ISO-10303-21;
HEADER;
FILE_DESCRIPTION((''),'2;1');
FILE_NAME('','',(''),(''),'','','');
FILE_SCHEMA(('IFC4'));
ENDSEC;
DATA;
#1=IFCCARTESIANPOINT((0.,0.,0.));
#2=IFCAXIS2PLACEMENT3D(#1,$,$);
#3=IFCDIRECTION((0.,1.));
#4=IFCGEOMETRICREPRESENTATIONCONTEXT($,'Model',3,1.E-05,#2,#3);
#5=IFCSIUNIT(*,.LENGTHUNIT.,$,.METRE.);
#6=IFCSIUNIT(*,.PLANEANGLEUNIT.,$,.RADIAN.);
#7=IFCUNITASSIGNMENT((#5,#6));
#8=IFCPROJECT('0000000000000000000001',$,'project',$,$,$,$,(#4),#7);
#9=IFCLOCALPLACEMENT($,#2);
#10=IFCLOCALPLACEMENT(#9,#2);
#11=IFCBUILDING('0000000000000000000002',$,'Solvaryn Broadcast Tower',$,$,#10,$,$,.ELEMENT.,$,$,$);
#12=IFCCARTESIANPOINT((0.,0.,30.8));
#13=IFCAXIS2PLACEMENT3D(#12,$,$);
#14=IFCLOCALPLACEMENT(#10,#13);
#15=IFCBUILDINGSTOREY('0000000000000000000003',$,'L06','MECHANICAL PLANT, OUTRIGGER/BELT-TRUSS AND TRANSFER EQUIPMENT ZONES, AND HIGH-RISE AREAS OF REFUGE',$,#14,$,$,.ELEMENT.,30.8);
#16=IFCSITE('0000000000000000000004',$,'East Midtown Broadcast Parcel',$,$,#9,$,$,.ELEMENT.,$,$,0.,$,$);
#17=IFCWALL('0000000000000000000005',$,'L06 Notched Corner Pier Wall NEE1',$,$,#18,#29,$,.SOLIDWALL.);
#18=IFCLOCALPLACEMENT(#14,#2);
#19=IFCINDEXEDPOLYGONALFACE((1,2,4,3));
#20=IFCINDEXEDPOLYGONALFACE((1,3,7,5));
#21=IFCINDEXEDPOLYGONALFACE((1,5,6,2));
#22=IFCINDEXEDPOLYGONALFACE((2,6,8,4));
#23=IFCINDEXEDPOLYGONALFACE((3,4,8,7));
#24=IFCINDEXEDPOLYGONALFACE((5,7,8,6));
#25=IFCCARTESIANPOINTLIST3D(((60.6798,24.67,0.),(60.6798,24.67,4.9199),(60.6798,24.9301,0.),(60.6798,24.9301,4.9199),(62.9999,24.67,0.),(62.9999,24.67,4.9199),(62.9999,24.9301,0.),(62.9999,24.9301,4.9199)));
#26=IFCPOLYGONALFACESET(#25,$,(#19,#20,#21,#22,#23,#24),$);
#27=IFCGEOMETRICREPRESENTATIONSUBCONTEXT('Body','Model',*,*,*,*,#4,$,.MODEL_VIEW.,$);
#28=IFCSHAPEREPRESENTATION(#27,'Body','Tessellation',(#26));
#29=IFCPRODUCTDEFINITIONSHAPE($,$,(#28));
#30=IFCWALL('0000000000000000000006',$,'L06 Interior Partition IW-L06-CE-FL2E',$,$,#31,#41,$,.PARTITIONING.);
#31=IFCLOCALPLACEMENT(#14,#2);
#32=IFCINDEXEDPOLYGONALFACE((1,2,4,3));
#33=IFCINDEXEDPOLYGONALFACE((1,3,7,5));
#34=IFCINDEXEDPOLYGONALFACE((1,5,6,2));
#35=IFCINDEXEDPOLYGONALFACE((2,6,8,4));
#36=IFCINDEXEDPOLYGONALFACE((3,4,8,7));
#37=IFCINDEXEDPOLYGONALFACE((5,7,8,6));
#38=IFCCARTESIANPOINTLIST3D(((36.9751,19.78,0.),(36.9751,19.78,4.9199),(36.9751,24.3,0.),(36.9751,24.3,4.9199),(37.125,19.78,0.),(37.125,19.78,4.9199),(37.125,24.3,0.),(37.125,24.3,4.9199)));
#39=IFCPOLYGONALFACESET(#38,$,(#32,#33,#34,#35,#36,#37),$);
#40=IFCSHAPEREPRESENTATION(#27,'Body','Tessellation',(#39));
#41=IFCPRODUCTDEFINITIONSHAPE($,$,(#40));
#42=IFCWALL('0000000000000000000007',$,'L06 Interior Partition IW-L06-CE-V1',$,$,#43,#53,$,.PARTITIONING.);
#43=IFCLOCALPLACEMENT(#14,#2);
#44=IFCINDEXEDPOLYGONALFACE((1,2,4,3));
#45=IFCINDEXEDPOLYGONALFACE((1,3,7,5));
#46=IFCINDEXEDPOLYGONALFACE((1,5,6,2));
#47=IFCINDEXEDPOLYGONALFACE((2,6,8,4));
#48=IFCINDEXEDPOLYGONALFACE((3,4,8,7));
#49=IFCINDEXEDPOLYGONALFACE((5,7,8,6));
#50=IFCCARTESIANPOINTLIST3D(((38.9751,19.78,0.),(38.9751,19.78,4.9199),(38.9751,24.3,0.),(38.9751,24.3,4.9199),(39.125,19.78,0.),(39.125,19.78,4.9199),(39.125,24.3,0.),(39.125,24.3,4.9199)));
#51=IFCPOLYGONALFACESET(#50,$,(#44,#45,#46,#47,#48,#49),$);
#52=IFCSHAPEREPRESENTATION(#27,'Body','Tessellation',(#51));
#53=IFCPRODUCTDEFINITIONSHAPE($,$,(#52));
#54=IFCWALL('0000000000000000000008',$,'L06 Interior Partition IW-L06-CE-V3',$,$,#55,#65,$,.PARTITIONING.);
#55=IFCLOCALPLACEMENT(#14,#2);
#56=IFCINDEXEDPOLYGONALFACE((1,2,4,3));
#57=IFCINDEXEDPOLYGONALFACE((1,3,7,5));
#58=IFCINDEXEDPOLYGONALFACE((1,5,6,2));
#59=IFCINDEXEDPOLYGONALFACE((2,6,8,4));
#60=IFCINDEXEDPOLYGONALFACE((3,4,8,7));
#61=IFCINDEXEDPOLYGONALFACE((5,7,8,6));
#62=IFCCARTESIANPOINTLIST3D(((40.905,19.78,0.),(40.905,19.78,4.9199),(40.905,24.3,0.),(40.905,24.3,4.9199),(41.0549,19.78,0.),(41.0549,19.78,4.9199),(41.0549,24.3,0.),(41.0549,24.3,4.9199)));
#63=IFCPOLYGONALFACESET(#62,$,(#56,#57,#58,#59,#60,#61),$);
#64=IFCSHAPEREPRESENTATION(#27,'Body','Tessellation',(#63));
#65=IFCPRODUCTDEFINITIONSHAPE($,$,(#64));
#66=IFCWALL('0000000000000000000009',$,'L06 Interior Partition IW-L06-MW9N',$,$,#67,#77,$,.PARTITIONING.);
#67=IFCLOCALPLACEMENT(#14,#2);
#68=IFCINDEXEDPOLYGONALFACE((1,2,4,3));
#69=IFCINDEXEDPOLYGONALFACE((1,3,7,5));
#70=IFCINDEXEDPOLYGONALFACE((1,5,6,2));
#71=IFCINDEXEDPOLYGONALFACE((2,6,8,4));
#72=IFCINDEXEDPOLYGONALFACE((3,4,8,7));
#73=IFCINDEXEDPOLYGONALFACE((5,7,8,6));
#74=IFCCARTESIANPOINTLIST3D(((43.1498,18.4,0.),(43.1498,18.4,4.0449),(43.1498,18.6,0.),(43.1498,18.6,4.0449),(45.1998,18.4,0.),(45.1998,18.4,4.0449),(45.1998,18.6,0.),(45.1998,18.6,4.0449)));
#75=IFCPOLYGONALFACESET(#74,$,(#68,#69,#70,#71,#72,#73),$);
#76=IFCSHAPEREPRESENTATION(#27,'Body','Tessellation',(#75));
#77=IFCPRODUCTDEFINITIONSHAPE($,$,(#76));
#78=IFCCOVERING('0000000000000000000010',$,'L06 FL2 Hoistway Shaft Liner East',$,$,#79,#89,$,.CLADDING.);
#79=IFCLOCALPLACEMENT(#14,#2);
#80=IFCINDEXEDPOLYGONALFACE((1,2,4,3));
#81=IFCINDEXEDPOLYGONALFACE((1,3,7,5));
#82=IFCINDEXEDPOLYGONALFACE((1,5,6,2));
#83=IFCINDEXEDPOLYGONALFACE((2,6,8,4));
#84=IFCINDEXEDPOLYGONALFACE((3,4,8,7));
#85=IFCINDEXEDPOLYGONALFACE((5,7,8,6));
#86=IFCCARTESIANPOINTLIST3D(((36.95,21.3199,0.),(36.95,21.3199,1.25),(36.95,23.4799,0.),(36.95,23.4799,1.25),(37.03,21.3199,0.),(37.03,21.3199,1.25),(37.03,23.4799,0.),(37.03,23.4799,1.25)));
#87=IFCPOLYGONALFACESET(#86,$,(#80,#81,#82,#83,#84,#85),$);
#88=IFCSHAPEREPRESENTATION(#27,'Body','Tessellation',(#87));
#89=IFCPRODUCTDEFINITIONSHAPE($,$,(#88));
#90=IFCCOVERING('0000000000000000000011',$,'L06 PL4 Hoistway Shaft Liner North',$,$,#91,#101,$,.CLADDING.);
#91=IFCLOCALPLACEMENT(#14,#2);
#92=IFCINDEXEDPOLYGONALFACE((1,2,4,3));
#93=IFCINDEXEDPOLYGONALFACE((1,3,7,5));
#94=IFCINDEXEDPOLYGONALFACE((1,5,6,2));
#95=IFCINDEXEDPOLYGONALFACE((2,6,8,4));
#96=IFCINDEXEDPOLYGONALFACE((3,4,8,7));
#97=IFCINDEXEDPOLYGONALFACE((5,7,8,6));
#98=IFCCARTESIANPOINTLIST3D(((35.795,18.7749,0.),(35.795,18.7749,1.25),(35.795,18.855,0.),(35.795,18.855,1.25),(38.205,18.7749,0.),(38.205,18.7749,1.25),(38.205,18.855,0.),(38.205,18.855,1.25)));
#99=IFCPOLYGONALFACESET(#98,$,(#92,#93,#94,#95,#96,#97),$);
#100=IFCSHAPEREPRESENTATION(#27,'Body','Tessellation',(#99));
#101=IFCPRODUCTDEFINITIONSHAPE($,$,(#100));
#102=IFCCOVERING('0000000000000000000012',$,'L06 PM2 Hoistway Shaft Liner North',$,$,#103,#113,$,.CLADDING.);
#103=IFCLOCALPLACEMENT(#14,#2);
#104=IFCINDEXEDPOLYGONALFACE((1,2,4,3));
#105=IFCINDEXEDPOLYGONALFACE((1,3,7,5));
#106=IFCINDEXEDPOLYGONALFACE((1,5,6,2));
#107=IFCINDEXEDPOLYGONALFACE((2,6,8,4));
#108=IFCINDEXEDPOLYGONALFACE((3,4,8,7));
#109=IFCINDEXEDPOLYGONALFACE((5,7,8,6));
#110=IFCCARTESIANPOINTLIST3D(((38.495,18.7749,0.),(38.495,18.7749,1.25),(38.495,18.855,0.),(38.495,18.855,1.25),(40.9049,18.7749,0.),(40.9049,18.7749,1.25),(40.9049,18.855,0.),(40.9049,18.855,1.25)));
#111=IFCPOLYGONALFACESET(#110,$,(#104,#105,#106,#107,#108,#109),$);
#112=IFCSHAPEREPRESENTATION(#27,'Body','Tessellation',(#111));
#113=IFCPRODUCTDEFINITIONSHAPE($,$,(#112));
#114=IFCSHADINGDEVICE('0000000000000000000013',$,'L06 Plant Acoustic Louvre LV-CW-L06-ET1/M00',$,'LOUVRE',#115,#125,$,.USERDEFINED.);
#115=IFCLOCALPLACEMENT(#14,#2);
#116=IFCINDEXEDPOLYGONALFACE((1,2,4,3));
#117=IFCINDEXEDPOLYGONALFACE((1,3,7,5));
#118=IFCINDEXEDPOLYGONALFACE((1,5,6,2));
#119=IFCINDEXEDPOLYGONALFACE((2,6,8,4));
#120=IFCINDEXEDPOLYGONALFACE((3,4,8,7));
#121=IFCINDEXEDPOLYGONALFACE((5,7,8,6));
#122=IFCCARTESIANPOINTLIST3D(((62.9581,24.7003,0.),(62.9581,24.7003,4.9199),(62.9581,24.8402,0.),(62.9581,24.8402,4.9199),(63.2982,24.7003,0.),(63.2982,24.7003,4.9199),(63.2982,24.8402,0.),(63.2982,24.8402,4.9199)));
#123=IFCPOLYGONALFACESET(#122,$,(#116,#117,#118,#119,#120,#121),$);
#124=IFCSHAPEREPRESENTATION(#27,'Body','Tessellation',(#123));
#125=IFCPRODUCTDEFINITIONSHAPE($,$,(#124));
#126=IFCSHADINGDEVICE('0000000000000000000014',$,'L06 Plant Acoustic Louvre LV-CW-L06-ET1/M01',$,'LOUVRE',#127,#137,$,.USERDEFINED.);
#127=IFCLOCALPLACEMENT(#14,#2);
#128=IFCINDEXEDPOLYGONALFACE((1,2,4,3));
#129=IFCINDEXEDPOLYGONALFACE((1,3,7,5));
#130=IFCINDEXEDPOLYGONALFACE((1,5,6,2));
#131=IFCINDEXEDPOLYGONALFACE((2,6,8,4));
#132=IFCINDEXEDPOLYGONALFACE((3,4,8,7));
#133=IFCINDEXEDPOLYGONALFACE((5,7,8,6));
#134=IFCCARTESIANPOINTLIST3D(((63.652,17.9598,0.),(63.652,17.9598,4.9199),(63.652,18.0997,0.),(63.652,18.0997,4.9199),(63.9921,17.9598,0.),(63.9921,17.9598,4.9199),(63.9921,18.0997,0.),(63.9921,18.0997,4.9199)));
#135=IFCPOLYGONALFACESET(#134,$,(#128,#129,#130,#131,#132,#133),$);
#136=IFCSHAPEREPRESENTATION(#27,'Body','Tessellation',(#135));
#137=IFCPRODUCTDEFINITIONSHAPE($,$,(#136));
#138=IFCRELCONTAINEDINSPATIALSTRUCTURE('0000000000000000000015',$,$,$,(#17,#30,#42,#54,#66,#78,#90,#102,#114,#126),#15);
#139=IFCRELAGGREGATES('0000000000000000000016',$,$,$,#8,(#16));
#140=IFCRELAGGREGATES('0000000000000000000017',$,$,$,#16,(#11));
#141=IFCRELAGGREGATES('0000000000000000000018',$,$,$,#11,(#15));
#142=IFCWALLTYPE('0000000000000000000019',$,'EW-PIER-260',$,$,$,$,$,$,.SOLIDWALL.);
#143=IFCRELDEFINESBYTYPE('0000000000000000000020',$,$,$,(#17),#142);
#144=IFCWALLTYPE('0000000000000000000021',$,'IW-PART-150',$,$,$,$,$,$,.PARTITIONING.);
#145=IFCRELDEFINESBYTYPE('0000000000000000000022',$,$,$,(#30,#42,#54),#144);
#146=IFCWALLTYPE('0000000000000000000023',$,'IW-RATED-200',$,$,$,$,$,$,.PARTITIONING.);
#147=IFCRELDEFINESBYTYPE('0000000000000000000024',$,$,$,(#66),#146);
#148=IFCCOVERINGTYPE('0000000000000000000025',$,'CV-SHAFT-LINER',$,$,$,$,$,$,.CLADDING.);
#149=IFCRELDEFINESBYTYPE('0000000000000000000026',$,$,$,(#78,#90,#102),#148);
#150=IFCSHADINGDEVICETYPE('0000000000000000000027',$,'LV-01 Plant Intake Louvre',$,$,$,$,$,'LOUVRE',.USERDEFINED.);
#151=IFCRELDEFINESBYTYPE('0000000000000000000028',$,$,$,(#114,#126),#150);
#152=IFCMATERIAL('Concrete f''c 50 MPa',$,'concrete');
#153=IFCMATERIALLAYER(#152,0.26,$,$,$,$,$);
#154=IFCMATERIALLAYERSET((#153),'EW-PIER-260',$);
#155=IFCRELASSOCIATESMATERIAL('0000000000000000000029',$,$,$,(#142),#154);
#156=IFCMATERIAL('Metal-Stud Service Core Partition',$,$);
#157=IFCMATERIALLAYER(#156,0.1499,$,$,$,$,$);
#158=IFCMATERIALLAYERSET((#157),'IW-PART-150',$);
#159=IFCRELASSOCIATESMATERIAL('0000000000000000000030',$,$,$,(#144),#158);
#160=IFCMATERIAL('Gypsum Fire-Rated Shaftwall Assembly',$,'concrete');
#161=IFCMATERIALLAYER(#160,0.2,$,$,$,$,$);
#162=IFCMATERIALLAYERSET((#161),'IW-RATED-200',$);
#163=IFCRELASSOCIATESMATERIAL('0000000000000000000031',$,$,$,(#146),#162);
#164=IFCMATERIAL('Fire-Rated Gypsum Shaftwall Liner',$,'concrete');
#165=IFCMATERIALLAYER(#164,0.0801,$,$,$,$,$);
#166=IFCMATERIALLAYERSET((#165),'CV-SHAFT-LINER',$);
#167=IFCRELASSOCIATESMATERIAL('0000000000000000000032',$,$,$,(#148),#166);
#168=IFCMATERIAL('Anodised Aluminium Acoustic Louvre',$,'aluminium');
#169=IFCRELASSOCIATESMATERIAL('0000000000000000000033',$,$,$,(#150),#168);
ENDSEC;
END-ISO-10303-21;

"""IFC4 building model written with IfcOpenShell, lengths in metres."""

from ifc_helpers import new_model, si_unit, direction, frame, frame_2d, origin, origin_2d, place, context, subcontext, project, spatial, rectangle, extrude, material, layer, layer_set, type_object, element, save


model = new_model("IFC4")

# Units and contexts
model_context = context("Model", 3, precision=1e-05, world=origin(), true_north=direction((0.0, 1.0)))
body_context = subcontext(model_context, "Body", "Model", "MODEL_VIEW")
ifc_project = project(units=[si_unit("LENGTHUNIT", "METRE"), si_unit("PLANEANGLEUNIT", "RADIAN")], contexts=[model_context])

# Site, building, storey
site_placement = place(None, origin())
site = spatial("IfcSite", under=ifc_project, at=site_placement, Name="East Midtown Broadcast Parcel", CompositionType="ELEMENT", RefElevation=0.0)
building_placement = place(site_placement, origin())
building = spatial("IfcBuilding", under=site, at=building_placement, Name="Solvaryn Broadcast Tower", CompositionType="ELEMENT")
storey_placement = place(building_placement, frame((0.0, 0.0, 30.8)))
storey = spatial("IfcBuildingStorey", under=building, at=storey_placement, Name="L06", Description="MECHANICAL PLANT, OUTRIGGER/BELT-TRUSS AND TRANSFER EQUIPMENT ZONES, AND HIGH-RISE AREAS OF REFUGE", CompositionType="ELEMENT", Elevation=30.8)

# Walls
ifc_material_1 = material(Name="Concrete f'c 50 MPa", Category="concrete")
ifc_layer_1 = layer(ifc_material_1, 0.26)
ifc_layer_set_1 = layer_set([ifc_layer_1], Name="EW-PIER-260")
wall_type_1 = type_object("IfcWallType", Name="EW-PIER-260", PredefinedType="SOLIDWALL", material=ifc_layer_set_1)
wall_1_placement = place(storey_placement, frame((63.0, 24.8, 0.0), z_axis=(0.0, 0.0, 1.0), x_axis=(-1.0, 0.0, 0.0)))
element("IfcWall", 1, at=wall_1_placement, inside=storey, type_object=wall_type_1, Name="L06 Notched Corner Pier Wall NEE1", PredefinedType="SOLIDWALL", context=body_context, shape_type="SweptSolid", body=[
    extrude(rectangle(XDim=2.3201, YDim=0.26, at=frame_2d((1.1602, 0.0))), origin(), (0.0, 0.0, 1.0), 4.9199),
])
ifc_material_2 = material(Name="Metal-Stud Service Core Partition")
ifc_layer_2 = layer(ifc_material_2, 0.1499)
ifc_layer_set_2 = layer_set([ifc_layer_2], Name="IW-PART-150")
wall_type_2 = type_object("IfcWallType", Name="IW-PART-150", PredefinedType="PARTITIONING", material=ifc_layer_set_2)
for number, where, z_axis, x_axis, name in (
    (2, (37.05, 19.78, 0.0), (0.0, 0.0, 1.0), (0.0, 1.0, 0.0), "L06 Interior Partition IW-L06-CE-FL2E"),
    (3, (39.05, 19.78, 0.0), (0.0, 0.0, 1.0), (0.0, 1.0, 0.0), "L06 Interior Partition IW-L06-CE-V1"),
    (4, (40.98, 19.78, 0.0), (0.0, 0.0, 1.0), (0.0, 1.0, 0.0), "L06 Interior Partition IW-L06-CE-V3"),
):
    element("IfcWall", number, at=place(storey_placement, frame(where, z_axis=z_axis, x_axis=x_axis)), inside=storey, type_object=wall_type_2, Name=name, PredefinedType="PARTITIONING", context=body_context, shape_type="SweptSolid", body=[
        extrude(rectangle(XDim=4.52, YDim=0.1499, at=frame_2d((2.26, 0.0))), origin(), (0.0, 0.0, 1.0), 4.9199),
    ])

# Shared definitions
ifc_material_3 = material(Name="Gypsum Fire-Rated Shaftwall Assembly", Category="concrete")
ifc_layer_3 = layer(ifc_material_3, 0.2)
ifc_layer_set_3 = layer_set([ifc_layer_3], Name="IW-RATED-200")
wall_type_3 = type_object("IfcWallType", Name="IW-RATED-200", PredefinedType="PARTITIONING", material=ifc_layer_set_3)

# Wall
wall_2_placement = place(storey_placement, frame((43.1499, 18.5, 0.0), z_axis=(0.0, 0.0, 1.0), x_axis=(1.0, 0.0, 0.0)))
element("IfcWall", 5, at=wall_2_placement, inside=storey, type_object=wall_type_3, Name="L06 Interior Partition IW-L06-MW9N", PredefinedType="PARTITIONING", context=body_context, shape_type="SweptSolid", body=[
    extrude(rectangle(XDim=2.05, YDim=0.2, at=frame_2d((1.0249, 0.0))), origin(), (0.0, 0.0, 1.0), 4.0449),
])

# Coverings
ifc_material_4 = material(Name="Fire-Rated Gypsum Shaftwall Liner", Category="concrete")
ifc_layer_4 = layer(ifc_material_4, 0.0801)
ifc_layer_set_4 = layer_set([ifc_layer_4], Name="CV-SHAFT-LINER")
covering_type = type_object("IfcCoveringType", Name="CV-SHAFT-LINER", PredefinedType="CLADDING", material=ifc_layer_set_4)
covering_placement = place(storey_placement, frame((36.99, 22.3999, 0.0), z_axis=(0.0, 0.0, 1.0), x_axis=(1.0, 0.0, 0.0)))
element("IfcCovering", 6, at=covering_placement, inside=storey, type_object=covering_type, Name="L06 FL2 Hoistway Shaft Liner East", PredefinedType="CLADDING", context=body_context, shape_type="SweptSolid", body=[
    extrude(rectangle(XDim=0.0801, YDim=2.1599, at=origin_2d()), origin(), (0.0, 0.0, 1.0), 1.25),
])
for number, where, z_axis, x_axis, name in (
    (7, (37.0, 18.8149, 0.0), (0.0, 0.0, 1.0), (1.0, 0.0, 0.0), "L06 PL4 Hoistway Shaft Liner North"),
    (8, (39.7, 18.8149, 0.0), (0.0, 0.0, 1.0), (1.0, 0.0, 0.0), "L06 PM2 Hoistway Shaft Liner North"),
):
    element("IfcCovering", number, at=place(storey_placement, frame(where, z_axis=z_axis, x_axis=x_axis)), inside=storey, type_object=covering_type, Name=name, PredefinedType="CLADDING", context=body_context, shape_type="SweptSolid", body=[
        extrude(rectangle(XDim=2.4099, YDim=0.0801, at=origin_2d()), origin(), (0.0, 0.0, 1.0), 1.25),
    ])

# Shading devices
ifc_material_5 = material(Name="Anodised Aluminium Acoustic Louvre", Category="aluminium")
shading_device_type = type_object("IfcShadingDeviceType", Name="LV-01 Plant Intake Louvre", ElementType="LOUVRE", PredefinedType="USERDEFINED", material=ifc_material_5)
for number, where, z_axis, x_axis, name in (
    (9, (63.1282, 24.7703, 0.0), (0.0, 0.0, 1.0), (1.0, 0.0, 0.0), "L06 Plant Acoustic Louvre LV-CW-L06-ET1/M00"),
    (10, (63.822, 18.0298, 0.0), (0.0, 0.0, 1.0), (1.0, 0.0, 0.0), "L06 Plant Acoustic Louvre LV-CW-L06-ET1/M01"),
):
    element("IfcShadingDevice", number, at=place(storey_placement, frame(where, z_axis=z_axis, x_axis=x_axis)), inside=storey, type_object=shading_device_type, Name=name, ObjectType="LOUVRE", PredefinedType="USERDEFINED", context=body_context, shape_type="SweptSolid", body=[
        extrude(rectangle(XDim=0.3401, YDim=0.1399, at=origin_2d()), origin(), (0.0, 0.0, 1.0), 4.9199),
    ])

save(model, "model.ifc")
